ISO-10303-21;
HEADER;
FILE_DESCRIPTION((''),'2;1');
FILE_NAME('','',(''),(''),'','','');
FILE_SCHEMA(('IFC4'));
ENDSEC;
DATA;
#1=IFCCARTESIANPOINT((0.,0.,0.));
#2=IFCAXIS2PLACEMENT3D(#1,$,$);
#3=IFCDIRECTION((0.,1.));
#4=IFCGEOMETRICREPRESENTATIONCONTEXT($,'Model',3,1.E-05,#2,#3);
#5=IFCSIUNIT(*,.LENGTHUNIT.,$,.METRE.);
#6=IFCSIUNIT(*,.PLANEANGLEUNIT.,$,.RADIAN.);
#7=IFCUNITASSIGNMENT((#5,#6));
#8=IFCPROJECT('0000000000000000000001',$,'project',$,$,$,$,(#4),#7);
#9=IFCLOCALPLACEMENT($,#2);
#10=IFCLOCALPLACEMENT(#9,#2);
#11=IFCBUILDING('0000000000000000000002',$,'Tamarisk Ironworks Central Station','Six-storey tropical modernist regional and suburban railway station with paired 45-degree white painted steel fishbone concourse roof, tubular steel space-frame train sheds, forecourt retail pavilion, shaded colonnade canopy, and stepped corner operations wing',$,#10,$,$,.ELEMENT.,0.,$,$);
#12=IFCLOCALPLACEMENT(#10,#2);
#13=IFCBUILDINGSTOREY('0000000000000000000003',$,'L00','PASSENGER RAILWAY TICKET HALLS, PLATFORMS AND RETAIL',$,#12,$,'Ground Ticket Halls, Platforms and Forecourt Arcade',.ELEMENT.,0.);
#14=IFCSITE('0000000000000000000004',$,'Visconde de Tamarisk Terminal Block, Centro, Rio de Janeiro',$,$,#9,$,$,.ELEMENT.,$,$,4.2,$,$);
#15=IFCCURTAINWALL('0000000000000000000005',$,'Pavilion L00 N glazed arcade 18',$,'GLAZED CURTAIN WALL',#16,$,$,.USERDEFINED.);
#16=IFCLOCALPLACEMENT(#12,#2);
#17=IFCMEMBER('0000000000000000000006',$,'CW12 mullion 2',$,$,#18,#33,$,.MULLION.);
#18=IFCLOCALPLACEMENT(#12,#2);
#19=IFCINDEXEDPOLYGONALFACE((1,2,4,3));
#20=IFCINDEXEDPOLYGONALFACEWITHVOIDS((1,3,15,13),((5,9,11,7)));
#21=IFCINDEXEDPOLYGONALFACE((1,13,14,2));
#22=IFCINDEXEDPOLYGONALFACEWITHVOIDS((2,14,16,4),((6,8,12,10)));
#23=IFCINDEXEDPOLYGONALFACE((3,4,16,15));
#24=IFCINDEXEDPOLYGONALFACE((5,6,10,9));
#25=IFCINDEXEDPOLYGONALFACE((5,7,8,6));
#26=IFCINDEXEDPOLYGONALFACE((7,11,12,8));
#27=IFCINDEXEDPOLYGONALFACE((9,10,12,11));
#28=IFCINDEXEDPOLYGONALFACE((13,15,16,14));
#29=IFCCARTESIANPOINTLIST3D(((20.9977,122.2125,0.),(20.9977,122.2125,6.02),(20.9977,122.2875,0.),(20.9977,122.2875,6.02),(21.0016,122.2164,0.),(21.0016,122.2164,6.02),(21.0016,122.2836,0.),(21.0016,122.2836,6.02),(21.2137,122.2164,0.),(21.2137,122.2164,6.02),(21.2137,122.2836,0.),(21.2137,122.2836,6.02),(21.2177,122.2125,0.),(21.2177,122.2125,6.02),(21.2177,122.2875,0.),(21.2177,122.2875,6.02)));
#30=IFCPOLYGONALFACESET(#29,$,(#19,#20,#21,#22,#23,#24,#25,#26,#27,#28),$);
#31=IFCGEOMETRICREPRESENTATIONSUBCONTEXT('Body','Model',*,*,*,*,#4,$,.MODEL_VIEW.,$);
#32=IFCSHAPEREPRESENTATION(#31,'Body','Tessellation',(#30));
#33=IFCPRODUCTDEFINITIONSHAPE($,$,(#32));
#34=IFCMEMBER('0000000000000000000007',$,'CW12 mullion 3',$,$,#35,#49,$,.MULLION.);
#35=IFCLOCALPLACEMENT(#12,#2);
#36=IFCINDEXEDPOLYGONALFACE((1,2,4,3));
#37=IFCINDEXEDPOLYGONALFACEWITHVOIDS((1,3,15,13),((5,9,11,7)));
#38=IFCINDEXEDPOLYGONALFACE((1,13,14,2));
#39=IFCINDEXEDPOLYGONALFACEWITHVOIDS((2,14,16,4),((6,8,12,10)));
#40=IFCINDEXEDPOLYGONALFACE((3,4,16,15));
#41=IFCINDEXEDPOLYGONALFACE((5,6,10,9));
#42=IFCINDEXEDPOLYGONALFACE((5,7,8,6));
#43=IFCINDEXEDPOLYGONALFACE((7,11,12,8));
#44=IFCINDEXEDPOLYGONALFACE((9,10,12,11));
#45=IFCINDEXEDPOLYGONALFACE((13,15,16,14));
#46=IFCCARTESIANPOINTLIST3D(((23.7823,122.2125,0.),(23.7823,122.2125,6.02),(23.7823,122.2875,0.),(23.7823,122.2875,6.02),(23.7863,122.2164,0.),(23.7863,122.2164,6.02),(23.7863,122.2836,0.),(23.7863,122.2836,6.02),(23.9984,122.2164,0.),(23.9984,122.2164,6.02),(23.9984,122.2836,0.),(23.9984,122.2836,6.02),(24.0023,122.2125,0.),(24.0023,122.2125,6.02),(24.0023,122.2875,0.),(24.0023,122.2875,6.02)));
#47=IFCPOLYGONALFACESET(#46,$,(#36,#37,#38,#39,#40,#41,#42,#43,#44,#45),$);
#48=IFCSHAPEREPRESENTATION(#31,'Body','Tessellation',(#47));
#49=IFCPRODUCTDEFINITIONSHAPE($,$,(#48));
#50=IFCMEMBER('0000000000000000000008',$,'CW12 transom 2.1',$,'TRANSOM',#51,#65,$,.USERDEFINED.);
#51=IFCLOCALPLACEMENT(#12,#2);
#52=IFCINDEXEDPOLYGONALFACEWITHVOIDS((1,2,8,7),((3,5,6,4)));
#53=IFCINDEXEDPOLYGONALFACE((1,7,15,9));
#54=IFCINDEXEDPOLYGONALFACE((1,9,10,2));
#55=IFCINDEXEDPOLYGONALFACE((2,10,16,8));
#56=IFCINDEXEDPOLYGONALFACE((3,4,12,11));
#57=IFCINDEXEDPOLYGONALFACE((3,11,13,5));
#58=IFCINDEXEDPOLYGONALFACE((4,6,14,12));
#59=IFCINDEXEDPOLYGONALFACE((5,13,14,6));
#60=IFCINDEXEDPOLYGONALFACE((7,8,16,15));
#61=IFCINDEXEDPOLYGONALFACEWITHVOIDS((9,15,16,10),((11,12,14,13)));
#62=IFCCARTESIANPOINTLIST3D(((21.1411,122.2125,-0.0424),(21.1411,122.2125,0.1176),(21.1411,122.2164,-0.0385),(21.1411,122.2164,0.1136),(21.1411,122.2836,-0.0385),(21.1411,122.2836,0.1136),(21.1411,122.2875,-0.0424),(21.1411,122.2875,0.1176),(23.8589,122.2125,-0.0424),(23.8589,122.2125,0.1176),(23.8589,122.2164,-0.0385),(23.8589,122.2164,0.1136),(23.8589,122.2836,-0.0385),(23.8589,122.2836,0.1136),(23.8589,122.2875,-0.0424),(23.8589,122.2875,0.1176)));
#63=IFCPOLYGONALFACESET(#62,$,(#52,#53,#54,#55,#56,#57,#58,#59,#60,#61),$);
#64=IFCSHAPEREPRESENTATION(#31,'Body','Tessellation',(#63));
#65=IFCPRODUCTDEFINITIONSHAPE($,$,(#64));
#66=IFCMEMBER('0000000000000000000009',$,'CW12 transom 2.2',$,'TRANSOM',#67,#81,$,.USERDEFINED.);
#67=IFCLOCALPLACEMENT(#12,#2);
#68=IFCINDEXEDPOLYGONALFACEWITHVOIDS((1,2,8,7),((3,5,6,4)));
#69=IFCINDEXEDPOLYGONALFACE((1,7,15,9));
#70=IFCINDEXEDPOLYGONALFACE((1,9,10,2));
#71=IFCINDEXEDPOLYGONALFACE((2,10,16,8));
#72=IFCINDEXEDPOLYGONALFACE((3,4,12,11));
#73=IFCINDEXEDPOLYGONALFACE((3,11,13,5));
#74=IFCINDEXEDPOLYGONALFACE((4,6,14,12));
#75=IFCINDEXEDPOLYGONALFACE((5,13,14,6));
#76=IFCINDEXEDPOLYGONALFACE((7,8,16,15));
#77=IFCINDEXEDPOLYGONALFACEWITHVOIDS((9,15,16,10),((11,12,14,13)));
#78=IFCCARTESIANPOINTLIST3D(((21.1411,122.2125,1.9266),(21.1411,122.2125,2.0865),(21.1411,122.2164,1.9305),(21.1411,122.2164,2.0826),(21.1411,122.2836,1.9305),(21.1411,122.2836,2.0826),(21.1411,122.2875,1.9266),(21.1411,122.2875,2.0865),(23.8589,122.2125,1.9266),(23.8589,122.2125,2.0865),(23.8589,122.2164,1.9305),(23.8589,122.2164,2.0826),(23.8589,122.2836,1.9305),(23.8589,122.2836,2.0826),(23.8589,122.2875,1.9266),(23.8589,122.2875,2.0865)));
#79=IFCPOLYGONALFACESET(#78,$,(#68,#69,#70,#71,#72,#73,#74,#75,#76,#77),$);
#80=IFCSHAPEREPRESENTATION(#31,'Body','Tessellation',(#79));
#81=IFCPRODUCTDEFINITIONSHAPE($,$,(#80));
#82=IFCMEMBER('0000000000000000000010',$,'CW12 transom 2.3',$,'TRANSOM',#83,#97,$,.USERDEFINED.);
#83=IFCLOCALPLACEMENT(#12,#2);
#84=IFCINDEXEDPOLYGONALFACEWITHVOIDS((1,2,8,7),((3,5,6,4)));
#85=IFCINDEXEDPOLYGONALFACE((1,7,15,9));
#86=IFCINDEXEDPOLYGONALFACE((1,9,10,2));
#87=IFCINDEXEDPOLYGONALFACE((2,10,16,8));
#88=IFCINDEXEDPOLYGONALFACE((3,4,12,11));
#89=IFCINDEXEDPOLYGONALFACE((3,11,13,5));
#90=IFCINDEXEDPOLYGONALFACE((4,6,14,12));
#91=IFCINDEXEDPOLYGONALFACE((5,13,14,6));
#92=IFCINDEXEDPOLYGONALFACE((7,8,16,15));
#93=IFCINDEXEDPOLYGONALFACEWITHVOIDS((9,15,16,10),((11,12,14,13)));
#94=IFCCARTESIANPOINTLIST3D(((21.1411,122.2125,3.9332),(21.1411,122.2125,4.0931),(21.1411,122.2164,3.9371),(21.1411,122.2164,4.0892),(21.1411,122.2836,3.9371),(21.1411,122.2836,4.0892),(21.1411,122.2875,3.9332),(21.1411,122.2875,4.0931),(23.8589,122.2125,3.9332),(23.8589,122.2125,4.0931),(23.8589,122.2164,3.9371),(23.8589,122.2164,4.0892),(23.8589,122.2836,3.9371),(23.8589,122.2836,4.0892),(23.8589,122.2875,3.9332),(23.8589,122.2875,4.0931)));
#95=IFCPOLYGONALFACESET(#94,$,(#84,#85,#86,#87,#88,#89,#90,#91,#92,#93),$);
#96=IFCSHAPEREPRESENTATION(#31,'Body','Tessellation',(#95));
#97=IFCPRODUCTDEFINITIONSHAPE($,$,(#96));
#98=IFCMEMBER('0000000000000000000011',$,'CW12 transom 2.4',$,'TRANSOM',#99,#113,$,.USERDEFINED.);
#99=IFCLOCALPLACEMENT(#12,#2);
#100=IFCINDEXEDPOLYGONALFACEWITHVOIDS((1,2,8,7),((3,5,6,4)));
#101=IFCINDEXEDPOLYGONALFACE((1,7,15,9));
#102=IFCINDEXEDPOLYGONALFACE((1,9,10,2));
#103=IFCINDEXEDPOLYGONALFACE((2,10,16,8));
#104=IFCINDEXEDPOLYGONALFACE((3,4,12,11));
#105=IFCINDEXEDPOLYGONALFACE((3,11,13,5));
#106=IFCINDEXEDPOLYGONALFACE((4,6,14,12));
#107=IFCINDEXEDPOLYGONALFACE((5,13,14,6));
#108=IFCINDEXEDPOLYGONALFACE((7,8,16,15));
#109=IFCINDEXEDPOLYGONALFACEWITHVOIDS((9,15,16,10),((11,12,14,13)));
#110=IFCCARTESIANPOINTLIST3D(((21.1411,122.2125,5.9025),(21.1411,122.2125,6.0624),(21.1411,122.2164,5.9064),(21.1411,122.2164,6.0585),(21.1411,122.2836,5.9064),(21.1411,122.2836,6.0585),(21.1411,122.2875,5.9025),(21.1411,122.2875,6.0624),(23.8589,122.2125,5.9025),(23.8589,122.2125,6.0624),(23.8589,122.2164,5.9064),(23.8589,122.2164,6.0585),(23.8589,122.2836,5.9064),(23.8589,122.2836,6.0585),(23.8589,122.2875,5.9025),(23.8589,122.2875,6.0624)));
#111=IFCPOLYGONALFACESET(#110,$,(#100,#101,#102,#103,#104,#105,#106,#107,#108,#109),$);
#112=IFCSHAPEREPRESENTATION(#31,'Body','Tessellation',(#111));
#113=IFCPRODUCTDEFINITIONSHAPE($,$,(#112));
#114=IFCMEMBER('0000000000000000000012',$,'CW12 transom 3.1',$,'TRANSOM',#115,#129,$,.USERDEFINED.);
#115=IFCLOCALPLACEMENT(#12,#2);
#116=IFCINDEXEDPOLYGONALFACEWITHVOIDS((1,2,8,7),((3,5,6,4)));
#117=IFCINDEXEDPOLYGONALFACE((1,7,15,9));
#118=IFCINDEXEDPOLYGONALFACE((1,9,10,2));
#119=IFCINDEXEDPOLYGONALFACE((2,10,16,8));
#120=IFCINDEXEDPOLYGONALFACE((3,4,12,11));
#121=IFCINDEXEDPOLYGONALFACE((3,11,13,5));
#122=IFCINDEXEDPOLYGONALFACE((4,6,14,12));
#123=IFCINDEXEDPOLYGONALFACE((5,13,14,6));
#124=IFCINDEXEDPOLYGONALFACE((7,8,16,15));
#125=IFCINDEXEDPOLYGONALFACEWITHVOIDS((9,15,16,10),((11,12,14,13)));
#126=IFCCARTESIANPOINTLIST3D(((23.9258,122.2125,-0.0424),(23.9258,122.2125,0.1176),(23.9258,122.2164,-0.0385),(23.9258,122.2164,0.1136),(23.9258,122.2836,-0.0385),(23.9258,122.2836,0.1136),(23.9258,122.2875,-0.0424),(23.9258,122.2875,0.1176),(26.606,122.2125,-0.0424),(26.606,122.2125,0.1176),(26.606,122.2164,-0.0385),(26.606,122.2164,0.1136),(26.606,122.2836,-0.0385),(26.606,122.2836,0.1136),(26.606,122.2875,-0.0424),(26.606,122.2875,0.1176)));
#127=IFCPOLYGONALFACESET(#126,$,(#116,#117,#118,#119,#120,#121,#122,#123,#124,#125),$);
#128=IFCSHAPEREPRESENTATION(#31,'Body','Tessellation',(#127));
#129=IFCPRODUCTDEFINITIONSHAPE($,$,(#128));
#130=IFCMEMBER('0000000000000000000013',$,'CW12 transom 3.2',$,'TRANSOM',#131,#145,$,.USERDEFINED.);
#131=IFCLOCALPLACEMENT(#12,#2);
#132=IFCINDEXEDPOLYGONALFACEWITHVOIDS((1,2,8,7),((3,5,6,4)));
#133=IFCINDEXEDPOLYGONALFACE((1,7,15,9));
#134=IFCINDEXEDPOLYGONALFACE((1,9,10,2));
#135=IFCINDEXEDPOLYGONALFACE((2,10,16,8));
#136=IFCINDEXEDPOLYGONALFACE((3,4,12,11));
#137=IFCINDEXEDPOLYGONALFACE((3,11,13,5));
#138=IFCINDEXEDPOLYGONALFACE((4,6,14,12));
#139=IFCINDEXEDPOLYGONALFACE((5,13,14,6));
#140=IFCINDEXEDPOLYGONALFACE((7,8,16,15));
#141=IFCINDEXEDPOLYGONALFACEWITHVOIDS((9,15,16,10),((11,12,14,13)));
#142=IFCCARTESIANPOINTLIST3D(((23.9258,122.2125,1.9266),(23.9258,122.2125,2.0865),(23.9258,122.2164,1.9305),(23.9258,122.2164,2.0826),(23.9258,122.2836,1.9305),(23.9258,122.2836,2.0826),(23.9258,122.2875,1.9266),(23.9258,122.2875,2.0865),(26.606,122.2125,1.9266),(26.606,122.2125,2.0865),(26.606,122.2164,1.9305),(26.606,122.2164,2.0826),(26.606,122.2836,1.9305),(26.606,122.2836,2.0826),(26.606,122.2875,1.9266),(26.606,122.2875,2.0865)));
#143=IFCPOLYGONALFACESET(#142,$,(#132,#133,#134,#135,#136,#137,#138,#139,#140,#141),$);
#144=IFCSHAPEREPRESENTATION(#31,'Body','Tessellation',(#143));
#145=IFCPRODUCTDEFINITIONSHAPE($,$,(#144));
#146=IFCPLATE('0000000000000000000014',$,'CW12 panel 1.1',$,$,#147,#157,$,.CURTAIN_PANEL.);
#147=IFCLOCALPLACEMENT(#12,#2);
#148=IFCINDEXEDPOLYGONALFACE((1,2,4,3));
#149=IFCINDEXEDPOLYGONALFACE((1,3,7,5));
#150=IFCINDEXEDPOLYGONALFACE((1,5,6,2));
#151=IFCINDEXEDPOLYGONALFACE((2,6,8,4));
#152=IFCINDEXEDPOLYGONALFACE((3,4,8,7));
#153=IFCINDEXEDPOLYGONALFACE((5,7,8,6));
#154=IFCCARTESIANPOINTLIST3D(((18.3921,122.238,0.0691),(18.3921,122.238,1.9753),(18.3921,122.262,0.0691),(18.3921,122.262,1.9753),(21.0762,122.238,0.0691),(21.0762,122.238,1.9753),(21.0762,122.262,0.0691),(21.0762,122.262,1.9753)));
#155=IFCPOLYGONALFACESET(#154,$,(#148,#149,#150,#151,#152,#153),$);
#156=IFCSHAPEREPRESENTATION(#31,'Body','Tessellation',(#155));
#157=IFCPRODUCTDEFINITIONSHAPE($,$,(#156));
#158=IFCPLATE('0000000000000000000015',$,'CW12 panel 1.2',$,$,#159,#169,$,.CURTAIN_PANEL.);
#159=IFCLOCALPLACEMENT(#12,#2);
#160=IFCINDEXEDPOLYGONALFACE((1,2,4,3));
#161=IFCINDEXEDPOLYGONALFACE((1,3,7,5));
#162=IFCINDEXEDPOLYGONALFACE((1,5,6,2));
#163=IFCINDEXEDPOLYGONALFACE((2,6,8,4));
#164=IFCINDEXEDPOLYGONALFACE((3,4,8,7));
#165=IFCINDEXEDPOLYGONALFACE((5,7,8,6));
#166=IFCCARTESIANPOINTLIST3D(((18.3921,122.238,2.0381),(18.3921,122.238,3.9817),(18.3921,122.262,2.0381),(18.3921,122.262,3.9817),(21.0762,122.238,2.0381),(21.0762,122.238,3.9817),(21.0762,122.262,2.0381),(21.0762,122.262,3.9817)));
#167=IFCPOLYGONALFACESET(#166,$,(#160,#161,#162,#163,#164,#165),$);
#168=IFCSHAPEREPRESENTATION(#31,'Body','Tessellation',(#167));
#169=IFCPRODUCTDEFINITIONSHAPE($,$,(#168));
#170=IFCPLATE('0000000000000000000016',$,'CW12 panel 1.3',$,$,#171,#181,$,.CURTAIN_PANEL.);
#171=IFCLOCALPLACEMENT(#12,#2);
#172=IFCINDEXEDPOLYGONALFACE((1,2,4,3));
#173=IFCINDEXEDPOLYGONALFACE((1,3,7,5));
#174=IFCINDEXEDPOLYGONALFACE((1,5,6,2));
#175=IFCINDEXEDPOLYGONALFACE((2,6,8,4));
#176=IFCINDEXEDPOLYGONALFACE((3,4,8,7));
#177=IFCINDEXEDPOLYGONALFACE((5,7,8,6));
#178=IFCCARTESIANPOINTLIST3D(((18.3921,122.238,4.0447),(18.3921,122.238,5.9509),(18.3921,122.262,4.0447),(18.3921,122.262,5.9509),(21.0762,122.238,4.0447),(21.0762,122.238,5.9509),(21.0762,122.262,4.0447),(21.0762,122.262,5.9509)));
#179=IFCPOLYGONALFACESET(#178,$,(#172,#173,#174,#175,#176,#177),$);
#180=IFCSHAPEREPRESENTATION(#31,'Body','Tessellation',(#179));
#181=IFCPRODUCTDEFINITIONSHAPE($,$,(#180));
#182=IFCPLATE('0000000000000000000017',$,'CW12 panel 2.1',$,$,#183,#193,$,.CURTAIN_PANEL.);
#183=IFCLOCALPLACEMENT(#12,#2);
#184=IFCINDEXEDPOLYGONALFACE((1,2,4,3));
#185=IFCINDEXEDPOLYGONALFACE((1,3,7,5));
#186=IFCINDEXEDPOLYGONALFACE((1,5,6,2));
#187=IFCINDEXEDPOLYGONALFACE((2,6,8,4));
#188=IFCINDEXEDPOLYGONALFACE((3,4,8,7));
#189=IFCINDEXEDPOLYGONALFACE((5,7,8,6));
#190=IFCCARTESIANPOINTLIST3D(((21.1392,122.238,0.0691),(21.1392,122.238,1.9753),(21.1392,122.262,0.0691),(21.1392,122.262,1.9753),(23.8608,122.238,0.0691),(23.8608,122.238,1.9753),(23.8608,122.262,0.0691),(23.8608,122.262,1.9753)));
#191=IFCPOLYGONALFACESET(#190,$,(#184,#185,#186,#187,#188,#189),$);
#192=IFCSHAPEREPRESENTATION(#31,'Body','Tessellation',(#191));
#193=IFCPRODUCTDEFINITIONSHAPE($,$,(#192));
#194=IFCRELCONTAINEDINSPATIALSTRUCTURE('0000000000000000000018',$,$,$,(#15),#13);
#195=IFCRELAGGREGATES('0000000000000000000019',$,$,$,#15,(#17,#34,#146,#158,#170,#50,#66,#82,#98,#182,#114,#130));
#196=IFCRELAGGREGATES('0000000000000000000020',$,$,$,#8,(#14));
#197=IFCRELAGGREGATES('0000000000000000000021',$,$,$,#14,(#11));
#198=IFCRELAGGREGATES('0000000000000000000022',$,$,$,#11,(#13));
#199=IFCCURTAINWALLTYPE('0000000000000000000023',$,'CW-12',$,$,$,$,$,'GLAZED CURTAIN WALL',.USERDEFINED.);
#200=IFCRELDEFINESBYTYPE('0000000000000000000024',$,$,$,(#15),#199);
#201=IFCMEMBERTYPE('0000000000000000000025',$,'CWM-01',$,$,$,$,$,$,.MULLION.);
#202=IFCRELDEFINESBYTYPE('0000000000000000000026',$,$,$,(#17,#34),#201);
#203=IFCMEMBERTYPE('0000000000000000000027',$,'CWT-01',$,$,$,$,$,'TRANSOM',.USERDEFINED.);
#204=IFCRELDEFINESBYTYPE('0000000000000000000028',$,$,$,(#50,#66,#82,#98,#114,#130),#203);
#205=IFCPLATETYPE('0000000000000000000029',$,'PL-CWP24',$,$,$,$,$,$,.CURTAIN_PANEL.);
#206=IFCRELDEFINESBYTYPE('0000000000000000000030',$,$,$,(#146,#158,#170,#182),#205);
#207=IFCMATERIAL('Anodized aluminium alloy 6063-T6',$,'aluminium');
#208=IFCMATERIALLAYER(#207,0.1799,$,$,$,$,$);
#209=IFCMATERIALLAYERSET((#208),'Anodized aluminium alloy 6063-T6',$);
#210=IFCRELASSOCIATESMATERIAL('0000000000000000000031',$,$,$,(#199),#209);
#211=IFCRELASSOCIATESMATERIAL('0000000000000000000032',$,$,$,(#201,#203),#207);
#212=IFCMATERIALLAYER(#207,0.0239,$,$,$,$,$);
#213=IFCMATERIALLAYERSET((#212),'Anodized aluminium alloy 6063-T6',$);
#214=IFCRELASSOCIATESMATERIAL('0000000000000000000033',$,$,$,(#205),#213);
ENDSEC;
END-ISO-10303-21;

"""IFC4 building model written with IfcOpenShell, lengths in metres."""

from ifc_helpers import new_model, si_unit, direction, frame, origin, origin_2d, place, context, subcontext, project, spatial, rectangle, hollow_rectangle, extrude, material, layer, layer_set, material_profile, profile_set, type_object, element, aggregate, save


model = new_model("IFC4")

# Units and contexts
model_context = context("Model", 3, precision=1e-05, world=origin(), true_north=direction((0.0, 1.0)))
body_context = subcontext(model_context, "Body", "Model", "MODEL_VIEW")
ifc_project = project(units=[si_unit("LENGTHUNIT", "METRE"), si_unit("PLANEANGLEUNIT", "RADIAN")], contexts=[model_context])

# Site, building, storey
site_placement = place(None, origin())
site = spatial("IfcSite", under=ifc_project, at=site_placement, Name="Visconde de Tamarisk Terminal Block, Centro, Rio de Janeiro", CompositionType="ELEMENT", RefElevation=4.2)
building_placement = place(site_placement, origin())
building = spatial("IfcBuilding", under=site, at=building_placement, Name="Tamarisk Ironworks Central Station", Description="Six-storey tropical modernist regional and suburban railway station with paired 45-degree white painted steel fishbone concourse roof, tubular steel space-frame train sheds, forecourt retail pavilion, shaded colonnade canopy, and stepped corner operations wing", CompositionType="ELEMENT", ElevationOfRefHeight=0.0)
storey_placement = place(building_placement, origin())
storey = spatial("IfcBuildingStorey", under=building, at=storey_placement, Name="L00", Description="PASSENGER RAILWAY TICKET HALLS, PLATFORMS AND RETAIL", LongName="Ground Ticket Halls, Platforms and Forecourt Arcade", CompositionType="ELEMENT", Elevation=0.0)

# Curtain wall, members, plates
ifc_material_1 = material(Name="Anodized aluminium alloy 6063-T6", Category="aluminium")
ifc_layer_1 = layer(ifc_material_1, 0.1799)
ifc_layer_set_1 = layer_set([ifc_layer_1], Name="Anodized aluminium alloy 6063-T6")
curtain_wall_type = type_object("IfcCurtainWallType", Name="CW-12", ElementType="GLAZED CURTAIN WALL", PredefinedType="USERDEFINED", material=ifc_layer_set_1)
curtain_wall_placement = place(storey_placement, origin())
curtain_wall = element("IfcCurtainWall", 1, at=curtain_wall_placement, inside=storey, type_object=curtain_wall_type, Name="Pavilion L00 N glazed arcade 18", ObjectType="GLAZED CURTAIN WALL", PredefinedType="USERDEFINED")
ifc_material_profile_1 = material_profile(ifc_material_1, hollow_rectangle(XDim=0.075, YDim=0.22, WallThickness=0.0039, at=origin_2d()), Name="ALUM 220x75")
ifc_profile_set_1 = profile_set([ifc_material_profile_1], Name="Anodized aluminium alloy 6063-T6")
member_type_1 = type_object("IfcMemberType", Name="CWM-01", PredefinedType="MULLION", material=ifc_profile_set_1)
member_1_placement = place(storey_placement, frame((21.1077, 122.25, 0.0), z_axis=(0.0, 0.0, 1.0), x_axis=(0.0, 1.0, 0.0)))
member_1 = element("IfcMember", 2, at=member_1_placement, type_object=member_type_1, Name="CW12 mullion 2", PredefinedType="MULLION", context=body_context, shape_type="SweptSolid", body=[
    extrude(hollow_rectangle(XDim=0.075, YDim=0.22, WallThickness=0.0039, at=origin_2d()), origin(), (0.0, 0.0, 1.0), 6.02),
])
member_2_placement = place(storey_placement, frame((23.8923, 122.25, 0.0), z_axis=(0.0, 0.0, 1.0), x_axis=(0.0, 1.0, 0.0)))
member_2 = element("IfcMember", 3, at=member_2_placement, type_object=member_type_1, Name="CW12 mullion 3", PredefinedType="MULLION", context=body_context, shape_type="SweptSolid", body=[
    extrude(hollow_rectangle(XDim=0.075, YDim=0.22, WallThickness=0.0039, at=origin_2d()), origin(), (0.0, 0.0, 1.0), 6.02),
])
ifc_material_profile_2 = material_profile(ifc_material_1, hollow_rectangle(XDim=0.075, YDim=0.1599, WallThickness=0.0039, at=origin_2d()), Name="ALUM 160x75")
ifc_profile_set_2 = profile_set([ifc_material_profile_2], Name="Anodized aluminium alloy 6063-T6")
member_type_2 = type_object("IfcMemberType", Name="CWT-01", ElementType="TRANSOM", PredefinedType="USERDEFINED", material=ifc_profile_set_2)
member_3_placement = place(storey_placement, frame((21.1411, 122.25, 0.0376), z_axis=(1.0, 0.0, 0.0), x_axis=(0.0, 1.0, 0.0)))
member_3 = element("IfcMember", 4, at=member_3_placement, type_object=member_type_2, Name="CW12 transom 2.1", ObjectType="TRANSOM", PredefinedType="USERDEFINED", context=body_context, shape_type="SweptSolid", body=[
    extrude(hollow_rectangle(XDim=0.075, YDim=0.1599, WallThickness=0.0039, at=origin_2d()), origin(), (0.0, 0.0, 1.0), 2.7178),
])
member_4_placement = place(storey_placement, frame((21.1411, 122.25, 2.0066), z_axis=(1.0, 0.0, 0.0), x_axis=(0.0, 1.0, 0.0)))
member_4 = element("IfcMember", 5, at=member_4_placement, type_object=member_type_2, Name="CW12 transom 2.2", ObjectType="TRANSOM", PredefinedType="USERDEFINED", context=body_context, shape_type="SweptSolid", body=[
    extrude(hollow_rectangle(XDim=0.075, YDim=0.1599, WallThickness=0.0039, at=origin_2d()), origin(), (0.0, 0.0, 1.0), 2.7178),
])
member_5_placement = place(storey_placement, frame((21.1411, 122.25, 4.0132), z_axis=(1.0, 0.0, 0.0), x_axis=(0.0, 1.0, 0.0)))
member_5 = element("IfcMember", 6, at=member_5_placement, type_object=member_type_2, Name="CW12 transom 2.3", ObjectType="TRANSOM", PredefinedType="USERDEFINED", context=body_context, shape_type="SweptSolid", body=[
    extrude(hollow_rectangle(XDim=0.075, YDim=0.1599, WallThickness=0.0039, at=origin_2d()), origin(), (0.0, 0.0, 1.0), 2.7178),
])
member_6_placement = place(storey_placement, frame((21.1411, 122.25, 5.9824), z_axis=(1.0, 0.0, 0.0), x_axis=(0.0, 1.0, 0.0)))
member_6 = element("IfcMember", 7, at=member_6_placement, type_object=member_type_2, Name="CW12 transom 2.4", ObjectType="TRANSOM", PredefinedType="USERDEFINED", context=body_context, shape_type="SweptSolid", body=[
    extrude(hollow_rectangle(XDim=0.075, YDim=0.1599, WallThickness=0.0039, at=origin_2d()), origin(), (0.0, 0.0, 1.0), 2.7178),
])
member_7_placement = place(storey_placement, frame((23.9258, 122.25, 0.0376), z_axis=(1.0, 0.0, 0.0), x_axis=(0.0, 1.0, 0.0)))
member_7 = element("IfcMember", 8, at=member_7_placement, type_object=member_type_2, Name="CW12 transom 3.1", ObjectType="TRANSOM", PredefinedType="USERDEFINED", context=body_context, shape_type="SweptSolid", body=[
    extrude(hollow_rectangle(XDim=0.075, YDim=0.1599, WallThickness=0.0039, at=origin_2d()), origin(), (0.0, 0.0, 1.0), 2.6802),
])
member_8_placement = place(storey_placement, frame((23.9258, 122.25, 2.0066), z_axis=(1.0, 0.0, 0.0), x_axis=(0.0, 1.0, 0.0)))
member_8 = element("IfcMember", 9, at=member_8_placement, type_object=member_type_2, Name="CW12 transom 3.2", ObjectType="TRANSOM", PredefinedType="USERDEFINED", context=body_context, shape_type="SweptSolid", body=[
    extrude(hollow_rectangle(XDim=0.075, YDim=0.1599, WallThickness=0.0039, at=origin_2d()), origin(), (0.0, 0.0, 1.0), 2.6802),
])
ifc_layer_2 = layer(ifc_material_1, 0.0239)
ifc_layer_set_2 = layer_set([ifc_layer_2], Name="Anodized aluminium alloy 6063-T6")
plate_type = type_object("IfcPlateType", Name="PL-CWP24", PredefinedType="CURTAIN_PANEL", material=ifc_layer_set_2)
plate_1_placement = place(storey_placement, frame((19.7341, 122.25, 0.0691), z_axis=(0.0, 0.0, 1.0), x_axis=(1.0, 0.0, 0.0)))
plate_1 = element("IfcPlate", 10, at=plate_1_placement, type_object=plate_type, Name="CW12 panel 1.1", PredefinedType="CURTAIN_PANEL", context=body_context, shape_type="SweptSolid", body=[
    extrude(rectangle(XDim=2.6841, YDim=0.0239, at=origin_2d()), origin(), (0.0, 0.0, 1.0), 1.9062),
])
plate_2_placement = place(storey_placement, frame((19.7341, 122.25, 2.0381), z_axis=(0.0, 0.0, 1.0), x_axis=(1.0, 0.0, 0.0)))
plate_2 = element("IfcPlate", 11, at=plate_2_placement, type_object=plate_type, Name="CW12 panel 1.2", PredefinedType="CURTAIN_PANEL", context=body_context, shape_type="SweptSolid", body=[
    extrude(rectangle(XDim=2.6841, YDim=0.0239, at=origin_2d()), origin(), (0.0, 0.0, 1.0), 1.9436),
])
plate_3_placement = place(storey_placement, frame((19.7341, 122.25, 4.0447), z_axis=(0.0, 0.0, 1.0), x_axis=(1.0, 0.0, 0.0)))
plate_3 = element("IfcPlate", 12, at=plate_3_placement, type_object=plate_type, Name="CW12 panel 1.3", PredefinedType="CURTAIN_PANEL", context=body_context, shape_type="SweptSolid", body=[
    extrude(rectangle(XDim=2.6841, YDim=0.0239, at=origin_2d()), origin(), (0.0, 0.0, 1.0), 1.9062),
])
plate_4_placement = place(storey_placement, frame((22.5, 122.25, 0.0691), z_axis=(0.0, 0.0, 1.0), x_axis=(1.0, 0.0, 0.0)))
plate_4 = element("IfcPlate", 13, at=plate_4_placement, type_object=plate_type, Name="CW12 panel 2.1", PredefinedType="CURTAIN_PANEL", context=body_context, shape_type="SweptSolid", body=[
    extrude(rectangle(XDim=2.7217, YDim=0.0239, at=origin_2d()), origin(), (0.0, 0.0, 1.0), 1.9062),
])
aggregate(curtain_wall, [member_1, member_2, plate_1, plate_2, plate_3, member_3, member_4, member_5, member_6, plate_4, member_7, member_8])

save(model, "model.ifc")
